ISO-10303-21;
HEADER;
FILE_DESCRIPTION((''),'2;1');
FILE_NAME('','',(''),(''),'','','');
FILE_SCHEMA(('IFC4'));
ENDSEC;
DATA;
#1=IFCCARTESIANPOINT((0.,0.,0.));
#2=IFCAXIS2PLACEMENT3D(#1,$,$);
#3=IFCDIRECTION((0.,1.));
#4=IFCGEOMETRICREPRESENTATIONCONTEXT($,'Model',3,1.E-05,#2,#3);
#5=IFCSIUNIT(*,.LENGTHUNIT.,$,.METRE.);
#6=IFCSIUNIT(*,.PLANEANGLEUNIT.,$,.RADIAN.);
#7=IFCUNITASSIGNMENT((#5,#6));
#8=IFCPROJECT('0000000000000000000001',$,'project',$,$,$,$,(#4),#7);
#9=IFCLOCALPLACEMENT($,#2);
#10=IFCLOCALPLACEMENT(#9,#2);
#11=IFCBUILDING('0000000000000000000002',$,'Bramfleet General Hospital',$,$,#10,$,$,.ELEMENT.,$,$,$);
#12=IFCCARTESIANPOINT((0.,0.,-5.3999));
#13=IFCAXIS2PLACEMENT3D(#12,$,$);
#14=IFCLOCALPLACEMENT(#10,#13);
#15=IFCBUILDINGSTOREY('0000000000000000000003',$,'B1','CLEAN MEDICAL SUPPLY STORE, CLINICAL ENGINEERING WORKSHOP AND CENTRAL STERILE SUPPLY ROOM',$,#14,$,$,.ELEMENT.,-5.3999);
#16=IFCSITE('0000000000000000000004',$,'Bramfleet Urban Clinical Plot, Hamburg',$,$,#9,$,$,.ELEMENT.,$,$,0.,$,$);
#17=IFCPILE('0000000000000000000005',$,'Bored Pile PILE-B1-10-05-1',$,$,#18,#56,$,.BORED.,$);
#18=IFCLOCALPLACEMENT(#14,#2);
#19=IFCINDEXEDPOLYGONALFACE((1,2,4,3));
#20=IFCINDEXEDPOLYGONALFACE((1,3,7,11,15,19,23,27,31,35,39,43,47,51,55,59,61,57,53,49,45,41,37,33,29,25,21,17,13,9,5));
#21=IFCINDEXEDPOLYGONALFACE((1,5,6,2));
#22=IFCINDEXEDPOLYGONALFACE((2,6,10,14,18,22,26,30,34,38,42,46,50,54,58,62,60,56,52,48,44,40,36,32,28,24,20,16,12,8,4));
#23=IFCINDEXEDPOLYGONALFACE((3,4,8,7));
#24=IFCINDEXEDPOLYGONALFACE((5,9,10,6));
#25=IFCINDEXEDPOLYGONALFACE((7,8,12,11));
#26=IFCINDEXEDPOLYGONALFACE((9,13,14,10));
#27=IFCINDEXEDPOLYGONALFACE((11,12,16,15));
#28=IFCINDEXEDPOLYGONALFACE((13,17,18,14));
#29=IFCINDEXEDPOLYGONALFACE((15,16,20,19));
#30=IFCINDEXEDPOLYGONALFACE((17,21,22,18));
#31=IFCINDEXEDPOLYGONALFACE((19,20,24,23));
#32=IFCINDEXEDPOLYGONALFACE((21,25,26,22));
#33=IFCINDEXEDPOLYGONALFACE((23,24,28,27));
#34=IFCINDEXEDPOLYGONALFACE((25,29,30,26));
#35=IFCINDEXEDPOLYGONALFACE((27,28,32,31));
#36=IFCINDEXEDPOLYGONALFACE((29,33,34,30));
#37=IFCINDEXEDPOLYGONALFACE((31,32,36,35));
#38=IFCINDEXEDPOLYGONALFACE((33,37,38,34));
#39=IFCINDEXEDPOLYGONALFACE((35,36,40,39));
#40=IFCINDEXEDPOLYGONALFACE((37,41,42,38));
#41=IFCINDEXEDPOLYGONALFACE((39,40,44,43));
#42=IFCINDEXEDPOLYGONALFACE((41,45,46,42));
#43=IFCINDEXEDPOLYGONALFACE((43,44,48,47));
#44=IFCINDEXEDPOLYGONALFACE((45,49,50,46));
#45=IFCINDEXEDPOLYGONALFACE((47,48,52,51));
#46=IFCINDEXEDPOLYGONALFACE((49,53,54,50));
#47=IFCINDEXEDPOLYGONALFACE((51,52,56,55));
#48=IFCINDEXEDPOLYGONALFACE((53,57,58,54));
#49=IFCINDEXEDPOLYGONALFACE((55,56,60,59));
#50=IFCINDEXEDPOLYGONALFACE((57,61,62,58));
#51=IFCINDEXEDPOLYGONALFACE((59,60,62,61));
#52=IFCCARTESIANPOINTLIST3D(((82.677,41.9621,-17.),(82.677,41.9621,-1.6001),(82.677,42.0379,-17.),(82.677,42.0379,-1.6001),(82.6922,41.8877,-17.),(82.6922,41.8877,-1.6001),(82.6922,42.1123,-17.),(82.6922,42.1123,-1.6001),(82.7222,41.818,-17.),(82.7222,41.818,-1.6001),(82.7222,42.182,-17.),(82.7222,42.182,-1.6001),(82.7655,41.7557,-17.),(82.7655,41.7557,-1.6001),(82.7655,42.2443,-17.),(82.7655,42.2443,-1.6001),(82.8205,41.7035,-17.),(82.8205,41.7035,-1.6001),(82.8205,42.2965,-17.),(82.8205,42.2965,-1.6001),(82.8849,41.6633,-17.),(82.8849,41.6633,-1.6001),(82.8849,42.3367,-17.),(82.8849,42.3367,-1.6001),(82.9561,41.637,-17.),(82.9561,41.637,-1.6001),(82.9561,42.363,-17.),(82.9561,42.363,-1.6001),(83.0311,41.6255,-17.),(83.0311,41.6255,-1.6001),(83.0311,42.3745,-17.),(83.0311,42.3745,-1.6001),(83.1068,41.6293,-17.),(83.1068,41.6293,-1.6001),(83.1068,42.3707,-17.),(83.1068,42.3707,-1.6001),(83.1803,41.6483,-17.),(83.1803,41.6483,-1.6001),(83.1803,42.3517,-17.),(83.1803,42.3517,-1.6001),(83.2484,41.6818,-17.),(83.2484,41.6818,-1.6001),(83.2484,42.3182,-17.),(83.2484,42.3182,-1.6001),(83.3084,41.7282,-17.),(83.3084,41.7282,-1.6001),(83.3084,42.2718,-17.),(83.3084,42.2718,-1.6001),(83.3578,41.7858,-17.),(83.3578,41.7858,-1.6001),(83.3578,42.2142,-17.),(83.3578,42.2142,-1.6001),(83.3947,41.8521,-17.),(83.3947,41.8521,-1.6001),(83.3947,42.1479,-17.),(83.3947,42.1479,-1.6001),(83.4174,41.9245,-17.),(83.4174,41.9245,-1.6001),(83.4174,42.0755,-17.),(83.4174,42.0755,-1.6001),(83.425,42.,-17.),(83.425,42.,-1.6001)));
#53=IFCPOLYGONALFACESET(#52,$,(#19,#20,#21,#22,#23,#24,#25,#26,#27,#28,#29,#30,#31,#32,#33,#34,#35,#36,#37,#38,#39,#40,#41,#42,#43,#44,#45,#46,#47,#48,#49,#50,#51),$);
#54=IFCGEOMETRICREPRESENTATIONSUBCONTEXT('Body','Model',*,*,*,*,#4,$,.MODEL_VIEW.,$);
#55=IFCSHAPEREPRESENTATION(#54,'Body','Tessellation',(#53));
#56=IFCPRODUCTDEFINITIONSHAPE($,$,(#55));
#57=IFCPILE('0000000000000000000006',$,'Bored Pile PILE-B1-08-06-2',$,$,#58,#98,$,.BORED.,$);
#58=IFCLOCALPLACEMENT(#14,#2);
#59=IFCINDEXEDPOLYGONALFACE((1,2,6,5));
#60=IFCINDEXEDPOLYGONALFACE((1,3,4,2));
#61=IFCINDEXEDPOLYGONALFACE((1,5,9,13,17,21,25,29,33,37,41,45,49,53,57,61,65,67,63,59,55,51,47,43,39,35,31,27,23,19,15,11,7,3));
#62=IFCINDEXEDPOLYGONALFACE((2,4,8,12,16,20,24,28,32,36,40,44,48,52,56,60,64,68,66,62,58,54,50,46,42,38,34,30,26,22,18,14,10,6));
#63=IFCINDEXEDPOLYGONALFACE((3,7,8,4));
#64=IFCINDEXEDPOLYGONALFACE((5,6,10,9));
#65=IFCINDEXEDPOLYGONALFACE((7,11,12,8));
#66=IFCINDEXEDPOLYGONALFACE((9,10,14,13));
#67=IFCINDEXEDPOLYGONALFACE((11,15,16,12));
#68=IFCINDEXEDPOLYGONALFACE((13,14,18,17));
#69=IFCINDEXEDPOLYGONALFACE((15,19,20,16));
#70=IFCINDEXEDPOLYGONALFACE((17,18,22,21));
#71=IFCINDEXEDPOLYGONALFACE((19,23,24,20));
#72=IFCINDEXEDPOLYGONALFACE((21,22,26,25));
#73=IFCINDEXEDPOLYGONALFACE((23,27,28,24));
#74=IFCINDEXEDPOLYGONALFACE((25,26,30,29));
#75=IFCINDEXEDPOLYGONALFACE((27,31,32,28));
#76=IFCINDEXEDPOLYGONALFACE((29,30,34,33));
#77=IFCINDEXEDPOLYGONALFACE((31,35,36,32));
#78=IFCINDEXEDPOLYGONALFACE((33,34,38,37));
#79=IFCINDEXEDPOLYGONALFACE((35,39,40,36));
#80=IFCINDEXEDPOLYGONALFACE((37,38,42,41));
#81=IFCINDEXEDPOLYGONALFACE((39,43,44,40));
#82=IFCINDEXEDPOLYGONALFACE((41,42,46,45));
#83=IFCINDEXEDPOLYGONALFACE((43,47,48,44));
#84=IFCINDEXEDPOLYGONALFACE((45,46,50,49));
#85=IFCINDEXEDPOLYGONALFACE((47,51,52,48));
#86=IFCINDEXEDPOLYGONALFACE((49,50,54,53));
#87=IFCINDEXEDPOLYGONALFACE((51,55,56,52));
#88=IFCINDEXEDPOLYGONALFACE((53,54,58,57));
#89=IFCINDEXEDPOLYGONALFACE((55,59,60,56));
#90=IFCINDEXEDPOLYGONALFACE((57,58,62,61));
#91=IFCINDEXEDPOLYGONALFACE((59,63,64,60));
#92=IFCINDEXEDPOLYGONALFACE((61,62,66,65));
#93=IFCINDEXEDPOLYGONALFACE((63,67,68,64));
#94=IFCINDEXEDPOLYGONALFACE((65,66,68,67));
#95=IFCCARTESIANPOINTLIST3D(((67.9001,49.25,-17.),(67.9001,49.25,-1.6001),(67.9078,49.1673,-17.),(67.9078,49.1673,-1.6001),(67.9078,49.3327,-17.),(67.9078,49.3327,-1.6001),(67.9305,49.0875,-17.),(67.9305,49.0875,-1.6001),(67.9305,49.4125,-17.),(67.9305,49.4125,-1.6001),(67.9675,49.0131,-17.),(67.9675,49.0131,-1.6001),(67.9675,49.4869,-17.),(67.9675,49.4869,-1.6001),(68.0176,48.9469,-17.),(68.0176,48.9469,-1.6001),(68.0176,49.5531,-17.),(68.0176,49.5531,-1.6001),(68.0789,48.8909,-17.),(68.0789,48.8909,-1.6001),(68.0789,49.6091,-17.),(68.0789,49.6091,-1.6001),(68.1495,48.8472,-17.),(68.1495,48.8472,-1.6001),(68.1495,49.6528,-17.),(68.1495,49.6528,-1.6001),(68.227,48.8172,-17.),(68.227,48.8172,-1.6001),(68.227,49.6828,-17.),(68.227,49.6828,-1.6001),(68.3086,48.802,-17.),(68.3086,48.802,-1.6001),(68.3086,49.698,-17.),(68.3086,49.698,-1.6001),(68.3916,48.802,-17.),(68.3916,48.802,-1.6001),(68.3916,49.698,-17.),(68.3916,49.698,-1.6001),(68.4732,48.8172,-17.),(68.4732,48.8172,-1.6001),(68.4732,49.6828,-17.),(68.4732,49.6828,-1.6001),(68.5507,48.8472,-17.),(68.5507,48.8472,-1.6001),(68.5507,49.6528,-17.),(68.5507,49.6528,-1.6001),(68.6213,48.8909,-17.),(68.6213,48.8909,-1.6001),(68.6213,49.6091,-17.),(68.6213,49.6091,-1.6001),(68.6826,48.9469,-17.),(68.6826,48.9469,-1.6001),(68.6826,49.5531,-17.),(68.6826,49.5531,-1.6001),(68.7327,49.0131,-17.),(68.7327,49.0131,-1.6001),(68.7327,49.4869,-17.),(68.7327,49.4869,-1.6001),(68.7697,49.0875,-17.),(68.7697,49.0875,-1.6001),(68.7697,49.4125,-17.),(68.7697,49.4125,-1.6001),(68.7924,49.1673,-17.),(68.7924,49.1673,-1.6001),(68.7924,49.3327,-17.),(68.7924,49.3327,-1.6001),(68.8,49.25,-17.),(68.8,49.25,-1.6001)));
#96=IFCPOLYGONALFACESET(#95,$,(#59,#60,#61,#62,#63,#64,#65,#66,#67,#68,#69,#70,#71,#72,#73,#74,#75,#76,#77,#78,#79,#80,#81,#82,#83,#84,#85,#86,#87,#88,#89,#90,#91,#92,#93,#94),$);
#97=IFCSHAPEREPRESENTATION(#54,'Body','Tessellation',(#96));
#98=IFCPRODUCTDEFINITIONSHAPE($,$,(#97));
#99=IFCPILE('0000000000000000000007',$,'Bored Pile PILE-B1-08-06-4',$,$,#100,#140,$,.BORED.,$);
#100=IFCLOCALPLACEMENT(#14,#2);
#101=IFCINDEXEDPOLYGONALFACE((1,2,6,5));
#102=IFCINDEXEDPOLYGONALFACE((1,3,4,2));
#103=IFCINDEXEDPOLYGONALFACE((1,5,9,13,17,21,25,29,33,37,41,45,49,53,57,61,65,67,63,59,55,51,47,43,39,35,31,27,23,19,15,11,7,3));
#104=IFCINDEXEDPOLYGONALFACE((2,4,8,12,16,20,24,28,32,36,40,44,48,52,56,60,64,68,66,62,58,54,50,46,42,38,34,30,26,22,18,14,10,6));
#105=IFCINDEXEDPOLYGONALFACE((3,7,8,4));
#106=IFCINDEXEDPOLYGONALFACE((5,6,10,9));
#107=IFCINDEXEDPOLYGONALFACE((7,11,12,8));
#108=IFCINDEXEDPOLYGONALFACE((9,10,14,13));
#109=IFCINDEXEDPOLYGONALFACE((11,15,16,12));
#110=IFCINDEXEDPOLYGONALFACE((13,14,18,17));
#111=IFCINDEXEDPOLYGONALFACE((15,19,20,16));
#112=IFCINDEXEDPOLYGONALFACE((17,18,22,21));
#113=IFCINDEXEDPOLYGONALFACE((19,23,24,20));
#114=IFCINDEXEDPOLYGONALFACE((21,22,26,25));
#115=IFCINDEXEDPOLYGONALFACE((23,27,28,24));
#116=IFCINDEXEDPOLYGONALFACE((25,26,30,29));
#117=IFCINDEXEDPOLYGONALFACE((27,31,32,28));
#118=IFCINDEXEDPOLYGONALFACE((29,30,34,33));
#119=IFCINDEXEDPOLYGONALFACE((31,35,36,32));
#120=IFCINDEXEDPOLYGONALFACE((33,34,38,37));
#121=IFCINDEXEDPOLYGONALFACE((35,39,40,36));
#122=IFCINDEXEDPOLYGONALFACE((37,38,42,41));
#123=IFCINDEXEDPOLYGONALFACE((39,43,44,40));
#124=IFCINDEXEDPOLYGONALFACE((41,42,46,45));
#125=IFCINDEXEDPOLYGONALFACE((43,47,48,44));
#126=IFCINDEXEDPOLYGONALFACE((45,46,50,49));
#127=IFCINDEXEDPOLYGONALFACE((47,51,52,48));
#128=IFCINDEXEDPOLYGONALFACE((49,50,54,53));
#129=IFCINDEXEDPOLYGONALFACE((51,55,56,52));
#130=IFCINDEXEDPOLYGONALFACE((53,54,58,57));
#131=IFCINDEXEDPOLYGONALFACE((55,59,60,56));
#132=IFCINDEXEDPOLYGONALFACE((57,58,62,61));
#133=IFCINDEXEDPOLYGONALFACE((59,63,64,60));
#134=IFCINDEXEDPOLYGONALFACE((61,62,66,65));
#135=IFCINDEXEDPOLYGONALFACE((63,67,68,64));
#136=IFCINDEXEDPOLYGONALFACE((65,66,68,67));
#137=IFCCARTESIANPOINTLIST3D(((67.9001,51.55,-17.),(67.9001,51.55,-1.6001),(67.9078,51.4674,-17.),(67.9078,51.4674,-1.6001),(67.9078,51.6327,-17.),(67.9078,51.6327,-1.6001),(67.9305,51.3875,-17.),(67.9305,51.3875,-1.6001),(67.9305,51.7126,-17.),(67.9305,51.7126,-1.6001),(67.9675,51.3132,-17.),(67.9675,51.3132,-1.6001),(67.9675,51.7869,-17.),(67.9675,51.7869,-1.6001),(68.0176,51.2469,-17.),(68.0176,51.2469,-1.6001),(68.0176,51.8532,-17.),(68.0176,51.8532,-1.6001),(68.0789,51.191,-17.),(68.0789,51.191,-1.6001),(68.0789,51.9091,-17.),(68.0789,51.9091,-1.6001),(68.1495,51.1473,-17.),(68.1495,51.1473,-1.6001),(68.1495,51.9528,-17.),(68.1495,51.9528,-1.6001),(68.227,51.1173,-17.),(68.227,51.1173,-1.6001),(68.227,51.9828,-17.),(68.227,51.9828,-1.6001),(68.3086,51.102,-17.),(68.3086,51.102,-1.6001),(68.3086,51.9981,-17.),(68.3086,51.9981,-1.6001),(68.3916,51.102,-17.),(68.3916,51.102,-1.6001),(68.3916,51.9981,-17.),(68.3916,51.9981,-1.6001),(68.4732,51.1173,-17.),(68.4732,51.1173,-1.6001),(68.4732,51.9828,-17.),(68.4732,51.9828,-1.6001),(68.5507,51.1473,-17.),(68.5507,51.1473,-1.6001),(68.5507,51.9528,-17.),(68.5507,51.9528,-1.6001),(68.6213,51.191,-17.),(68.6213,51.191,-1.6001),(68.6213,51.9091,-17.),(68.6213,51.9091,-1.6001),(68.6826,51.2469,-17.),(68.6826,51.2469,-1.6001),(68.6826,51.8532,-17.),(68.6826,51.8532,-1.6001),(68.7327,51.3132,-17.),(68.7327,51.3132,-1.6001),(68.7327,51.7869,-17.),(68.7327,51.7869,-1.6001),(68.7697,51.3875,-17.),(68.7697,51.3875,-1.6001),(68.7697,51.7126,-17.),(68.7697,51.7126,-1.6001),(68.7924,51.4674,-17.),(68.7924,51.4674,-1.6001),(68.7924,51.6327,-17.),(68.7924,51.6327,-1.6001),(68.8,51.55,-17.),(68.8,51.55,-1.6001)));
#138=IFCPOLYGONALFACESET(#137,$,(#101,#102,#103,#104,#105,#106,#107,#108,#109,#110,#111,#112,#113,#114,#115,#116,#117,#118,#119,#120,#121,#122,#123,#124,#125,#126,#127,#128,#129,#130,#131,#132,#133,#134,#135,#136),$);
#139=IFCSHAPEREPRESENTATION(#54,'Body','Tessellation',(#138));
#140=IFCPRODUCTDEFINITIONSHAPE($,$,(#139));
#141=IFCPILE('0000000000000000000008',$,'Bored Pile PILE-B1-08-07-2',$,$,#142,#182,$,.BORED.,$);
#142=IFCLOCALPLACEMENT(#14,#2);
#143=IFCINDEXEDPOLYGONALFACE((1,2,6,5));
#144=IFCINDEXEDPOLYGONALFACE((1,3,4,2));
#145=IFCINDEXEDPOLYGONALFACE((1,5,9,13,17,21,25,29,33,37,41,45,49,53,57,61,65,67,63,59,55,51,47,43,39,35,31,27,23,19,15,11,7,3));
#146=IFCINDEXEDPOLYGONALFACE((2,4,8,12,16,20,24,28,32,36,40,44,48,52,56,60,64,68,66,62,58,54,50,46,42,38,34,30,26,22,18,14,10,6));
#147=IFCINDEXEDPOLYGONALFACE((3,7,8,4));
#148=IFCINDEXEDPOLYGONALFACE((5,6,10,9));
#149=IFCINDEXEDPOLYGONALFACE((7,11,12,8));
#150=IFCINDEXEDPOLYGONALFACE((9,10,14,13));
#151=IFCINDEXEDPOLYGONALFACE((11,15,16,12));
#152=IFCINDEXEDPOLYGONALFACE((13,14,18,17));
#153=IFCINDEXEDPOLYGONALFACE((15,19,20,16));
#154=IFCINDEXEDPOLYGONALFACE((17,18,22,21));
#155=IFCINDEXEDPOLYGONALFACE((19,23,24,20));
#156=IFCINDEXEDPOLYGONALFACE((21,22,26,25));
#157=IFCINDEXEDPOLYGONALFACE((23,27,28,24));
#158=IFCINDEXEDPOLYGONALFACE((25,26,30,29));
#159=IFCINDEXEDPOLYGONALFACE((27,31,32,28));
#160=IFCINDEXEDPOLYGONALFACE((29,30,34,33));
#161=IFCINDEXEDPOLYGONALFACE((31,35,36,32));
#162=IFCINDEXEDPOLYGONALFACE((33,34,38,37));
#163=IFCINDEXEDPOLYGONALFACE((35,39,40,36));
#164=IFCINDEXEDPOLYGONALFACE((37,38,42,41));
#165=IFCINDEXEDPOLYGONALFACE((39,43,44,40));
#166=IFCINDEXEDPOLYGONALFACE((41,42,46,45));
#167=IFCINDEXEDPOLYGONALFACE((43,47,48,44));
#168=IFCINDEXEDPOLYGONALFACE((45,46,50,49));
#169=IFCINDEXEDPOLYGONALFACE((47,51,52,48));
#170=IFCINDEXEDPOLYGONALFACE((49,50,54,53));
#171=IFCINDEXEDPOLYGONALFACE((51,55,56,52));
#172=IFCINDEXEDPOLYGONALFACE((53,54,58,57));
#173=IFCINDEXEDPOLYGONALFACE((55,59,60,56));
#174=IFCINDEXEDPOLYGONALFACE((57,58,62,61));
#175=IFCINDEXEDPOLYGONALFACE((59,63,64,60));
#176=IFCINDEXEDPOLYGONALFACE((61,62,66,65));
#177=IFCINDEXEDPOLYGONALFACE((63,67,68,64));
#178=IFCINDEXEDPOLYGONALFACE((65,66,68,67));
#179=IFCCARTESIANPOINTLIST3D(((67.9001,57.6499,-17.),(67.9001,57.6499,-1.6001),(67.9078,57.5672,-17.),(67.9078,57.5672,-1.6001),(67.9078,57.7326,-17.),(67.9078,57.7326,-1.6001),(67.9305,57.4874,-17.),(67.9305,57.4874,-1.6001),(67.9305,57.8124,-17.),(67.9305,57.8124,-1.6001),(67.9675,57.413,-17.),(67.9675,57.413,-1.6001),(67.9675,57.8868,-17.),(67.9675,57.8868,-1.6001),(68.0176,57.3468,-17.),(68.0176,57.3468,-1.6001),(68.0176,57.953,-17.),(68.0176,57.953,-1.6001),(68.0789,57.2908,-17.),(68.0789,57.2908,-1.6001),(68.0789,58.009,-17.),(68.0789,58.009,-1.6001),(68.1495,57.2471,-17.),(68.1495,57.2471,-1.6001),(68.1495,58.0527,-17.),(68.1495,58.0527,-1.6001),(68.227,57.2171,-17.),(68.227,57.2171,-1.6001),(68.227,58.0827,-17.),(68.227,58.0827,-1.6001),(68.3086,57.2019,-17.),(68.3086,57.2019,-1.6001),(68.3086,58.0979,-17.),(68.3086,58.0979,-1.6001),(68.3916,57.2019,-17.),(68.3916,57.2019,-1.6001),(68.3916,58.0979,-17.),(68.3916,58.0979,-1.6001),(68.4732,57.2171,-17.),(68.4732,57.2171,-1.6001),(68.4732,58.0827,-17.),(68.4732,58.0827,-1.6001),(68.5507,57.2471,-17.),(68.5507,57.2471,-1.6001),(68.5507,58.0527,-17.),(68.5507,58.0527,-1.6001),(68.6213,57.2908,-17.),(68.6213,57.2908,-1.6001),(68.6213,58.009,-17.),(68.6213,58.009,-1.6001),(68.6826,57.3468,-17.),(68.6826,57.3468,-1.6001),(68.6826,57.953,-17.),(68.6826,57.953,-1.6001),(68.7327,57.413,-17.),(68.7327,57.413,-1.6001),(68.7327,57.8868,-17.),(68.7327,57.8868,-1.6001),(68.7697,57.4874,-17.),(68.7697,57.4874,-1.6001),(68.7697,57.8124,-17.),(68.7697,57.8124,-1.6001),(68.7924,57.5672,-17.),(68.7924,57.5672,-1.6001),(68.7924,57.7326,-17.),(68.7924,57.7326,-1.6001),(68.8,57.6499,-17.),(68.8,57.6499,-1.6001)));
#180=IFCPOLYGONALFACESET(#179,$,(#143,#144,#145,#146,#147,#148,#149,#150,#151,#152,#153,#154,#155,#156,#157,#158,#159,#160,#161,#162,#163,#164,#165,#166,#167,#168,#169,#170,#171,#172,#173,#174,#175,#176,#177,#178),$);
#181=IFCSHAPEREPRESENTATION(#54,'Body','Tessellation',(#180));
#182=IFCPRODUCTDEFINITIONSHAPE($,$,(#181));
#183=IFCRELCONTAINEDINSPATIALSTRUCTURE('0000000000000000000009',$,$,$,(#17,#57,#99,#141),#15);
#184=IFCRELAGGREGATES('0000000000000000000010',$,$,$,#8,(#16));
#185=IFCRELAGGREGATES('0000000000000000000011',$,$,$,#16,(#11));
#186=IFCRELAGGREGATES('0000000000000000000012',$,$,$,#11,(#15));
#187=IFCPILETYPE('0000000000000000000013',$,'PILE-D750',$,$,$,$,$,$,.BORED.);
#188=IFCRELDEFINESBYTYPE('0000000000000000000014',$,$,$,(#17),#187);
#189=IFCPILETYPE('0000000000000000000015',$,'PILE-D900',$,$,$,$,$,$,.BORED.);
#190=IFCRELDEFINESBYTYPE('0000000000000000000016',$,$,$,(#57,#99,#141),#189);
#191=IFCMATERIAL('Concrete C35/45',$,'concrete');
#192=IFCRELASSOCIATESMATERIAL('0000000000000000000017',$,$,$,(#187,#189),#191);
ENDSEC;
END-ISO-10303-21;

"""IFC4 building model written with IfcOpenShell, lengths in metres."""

from ifc_helpers import new_model, si_unit, direction, frame, origin, origin_2d, place, context, subcontext, project, spatial, circle, extrude, material, material_profile, profile_set, type_object, element, save


model = new_model("IFC4")

# Units and contexts
model_context = context("Model", 3, precision=1e-05, world=origin(), true_north=direction((0.0, 1.0)))
body_context = subcontext(model_context, "Body", "Model", "MODEL_VIEW")
ifc_project = project(units=[si_unit("LENGTHUNIT", "METRE"), si_unit("PLANEANGLEUNIT", "RADIAN")], contexts=[model_context])

# Site, building, storey
site_placement = place(None, origin())
site = spatial("IfcSite", under=ifc_project, at=site_placement, Name="Bramfleet Urban Clinical Plot, Hamburg", CompositionType="ELEMENT", RefElevation=0.0)
building_placement = place(site_placement, origin())
building = spatial("IfcBuilding", under=site, at=building_placement, Name="Bramfleet General Hospital", CompositionType="ELEMENT")
storey_placement = place(building_placement, frame((0.0, 0.0, -5.3999)))
storey = spatial("IfcBuildingStorey", under=building, at=storey_placement, Name="B1", Description="CLEAN MEDICAL SUPPLY STORE, CLINICAL ENGINEERING WORKSHOP AND CENTRAL STERILE SUPPLY ROOM", CompositionType="ELEMENT", Elevation=-5.3999)

# Shared definitions
ifc_material_1 = material(Name="Concrete C35/45", Category="concrete")

# Piles
ifc_material_profile_1 = material_profile(ifc_material_1, circle(Radius=0.375, at=origin_2d()), Name="PILE BORED D750")
ifc_profile_set_1 = profile_set([ifc_material_profile_1], Name="Concrete C35/45")
pile_type_1 = type_object("IfcPileType", Name="PILE-D750", PredefinedType="BORED", material=ifc_profile_set_1)
for number, where, z_axis, x_axis, name in (
    (1, (83.05, 42.0, -1.6001), (0.0, 0.0, -1.0), (1.0, 0.0, 0.0), "Bored Pile PILE-B1-10-05-1"),
):
    element("IfcPile", number, at=place(storey_placement, frame(where, z_axis=z_axis, x_axis=x_axis)), inside=storey, type_object=pile_type_1, Name=name, PredefinedType="BORED", context=body_context, shape_type="SweptSolid", body=[
        extrude(circle(Radius=0.375, at=origin_2d()), origin(), (0.0, 0.0, 1.0), 15.3999),
    ])
ifc_material_profile_2 = material_profile(ifc_material_1, circle(Radius=0.45, at=origin_2d()), Name="PILE BORED D900")
ifc_profile_set_2 = profile_set([ifc_material_profile_2], Name="Concrete C35/45")
pile_type_2 = type_object("IfcPileType", Name="PILE-D900", PredefinedType="BORED", material=ifc_profile_set_2)
for number, where, z_axis, x_axis, name in (
    (2, (68.3501, 49.25, -1.6001), (0.0, 0.0, -1.0), (1.0, 0.0, 0.0), "Bored Pile PILE-B1-08-06-2"),
    (3, (68.3501, 51.55, -1.6001), (0.0, 0.0, -1.0), (1.0, 0.0, 0.0), "Bored Pile PILE-B1-08-06-4"),
    (4, (68.3501, 57.6499, -1.6001), (0.0, 0.0, -1.0), (1.0, 0.0, 0.0), "Bored Pile PILE-B1-08-07-2"),
):
    element("IfcPile", number, at=place(storey_placement, frame(where, z_axis=z_axis, x_axis=x_axis)), inside=storey, type_object=pile_type_2, Name=name, PredefinedType="BORED", context=body_context, shape_type="SweptSolid", body=[
        extrude(circle(Radius=0.45, at=origin_2d()), origin(), (0.0, 0.0, 1.0), 15.3999),
    ])

save(model, "model.ifc")
